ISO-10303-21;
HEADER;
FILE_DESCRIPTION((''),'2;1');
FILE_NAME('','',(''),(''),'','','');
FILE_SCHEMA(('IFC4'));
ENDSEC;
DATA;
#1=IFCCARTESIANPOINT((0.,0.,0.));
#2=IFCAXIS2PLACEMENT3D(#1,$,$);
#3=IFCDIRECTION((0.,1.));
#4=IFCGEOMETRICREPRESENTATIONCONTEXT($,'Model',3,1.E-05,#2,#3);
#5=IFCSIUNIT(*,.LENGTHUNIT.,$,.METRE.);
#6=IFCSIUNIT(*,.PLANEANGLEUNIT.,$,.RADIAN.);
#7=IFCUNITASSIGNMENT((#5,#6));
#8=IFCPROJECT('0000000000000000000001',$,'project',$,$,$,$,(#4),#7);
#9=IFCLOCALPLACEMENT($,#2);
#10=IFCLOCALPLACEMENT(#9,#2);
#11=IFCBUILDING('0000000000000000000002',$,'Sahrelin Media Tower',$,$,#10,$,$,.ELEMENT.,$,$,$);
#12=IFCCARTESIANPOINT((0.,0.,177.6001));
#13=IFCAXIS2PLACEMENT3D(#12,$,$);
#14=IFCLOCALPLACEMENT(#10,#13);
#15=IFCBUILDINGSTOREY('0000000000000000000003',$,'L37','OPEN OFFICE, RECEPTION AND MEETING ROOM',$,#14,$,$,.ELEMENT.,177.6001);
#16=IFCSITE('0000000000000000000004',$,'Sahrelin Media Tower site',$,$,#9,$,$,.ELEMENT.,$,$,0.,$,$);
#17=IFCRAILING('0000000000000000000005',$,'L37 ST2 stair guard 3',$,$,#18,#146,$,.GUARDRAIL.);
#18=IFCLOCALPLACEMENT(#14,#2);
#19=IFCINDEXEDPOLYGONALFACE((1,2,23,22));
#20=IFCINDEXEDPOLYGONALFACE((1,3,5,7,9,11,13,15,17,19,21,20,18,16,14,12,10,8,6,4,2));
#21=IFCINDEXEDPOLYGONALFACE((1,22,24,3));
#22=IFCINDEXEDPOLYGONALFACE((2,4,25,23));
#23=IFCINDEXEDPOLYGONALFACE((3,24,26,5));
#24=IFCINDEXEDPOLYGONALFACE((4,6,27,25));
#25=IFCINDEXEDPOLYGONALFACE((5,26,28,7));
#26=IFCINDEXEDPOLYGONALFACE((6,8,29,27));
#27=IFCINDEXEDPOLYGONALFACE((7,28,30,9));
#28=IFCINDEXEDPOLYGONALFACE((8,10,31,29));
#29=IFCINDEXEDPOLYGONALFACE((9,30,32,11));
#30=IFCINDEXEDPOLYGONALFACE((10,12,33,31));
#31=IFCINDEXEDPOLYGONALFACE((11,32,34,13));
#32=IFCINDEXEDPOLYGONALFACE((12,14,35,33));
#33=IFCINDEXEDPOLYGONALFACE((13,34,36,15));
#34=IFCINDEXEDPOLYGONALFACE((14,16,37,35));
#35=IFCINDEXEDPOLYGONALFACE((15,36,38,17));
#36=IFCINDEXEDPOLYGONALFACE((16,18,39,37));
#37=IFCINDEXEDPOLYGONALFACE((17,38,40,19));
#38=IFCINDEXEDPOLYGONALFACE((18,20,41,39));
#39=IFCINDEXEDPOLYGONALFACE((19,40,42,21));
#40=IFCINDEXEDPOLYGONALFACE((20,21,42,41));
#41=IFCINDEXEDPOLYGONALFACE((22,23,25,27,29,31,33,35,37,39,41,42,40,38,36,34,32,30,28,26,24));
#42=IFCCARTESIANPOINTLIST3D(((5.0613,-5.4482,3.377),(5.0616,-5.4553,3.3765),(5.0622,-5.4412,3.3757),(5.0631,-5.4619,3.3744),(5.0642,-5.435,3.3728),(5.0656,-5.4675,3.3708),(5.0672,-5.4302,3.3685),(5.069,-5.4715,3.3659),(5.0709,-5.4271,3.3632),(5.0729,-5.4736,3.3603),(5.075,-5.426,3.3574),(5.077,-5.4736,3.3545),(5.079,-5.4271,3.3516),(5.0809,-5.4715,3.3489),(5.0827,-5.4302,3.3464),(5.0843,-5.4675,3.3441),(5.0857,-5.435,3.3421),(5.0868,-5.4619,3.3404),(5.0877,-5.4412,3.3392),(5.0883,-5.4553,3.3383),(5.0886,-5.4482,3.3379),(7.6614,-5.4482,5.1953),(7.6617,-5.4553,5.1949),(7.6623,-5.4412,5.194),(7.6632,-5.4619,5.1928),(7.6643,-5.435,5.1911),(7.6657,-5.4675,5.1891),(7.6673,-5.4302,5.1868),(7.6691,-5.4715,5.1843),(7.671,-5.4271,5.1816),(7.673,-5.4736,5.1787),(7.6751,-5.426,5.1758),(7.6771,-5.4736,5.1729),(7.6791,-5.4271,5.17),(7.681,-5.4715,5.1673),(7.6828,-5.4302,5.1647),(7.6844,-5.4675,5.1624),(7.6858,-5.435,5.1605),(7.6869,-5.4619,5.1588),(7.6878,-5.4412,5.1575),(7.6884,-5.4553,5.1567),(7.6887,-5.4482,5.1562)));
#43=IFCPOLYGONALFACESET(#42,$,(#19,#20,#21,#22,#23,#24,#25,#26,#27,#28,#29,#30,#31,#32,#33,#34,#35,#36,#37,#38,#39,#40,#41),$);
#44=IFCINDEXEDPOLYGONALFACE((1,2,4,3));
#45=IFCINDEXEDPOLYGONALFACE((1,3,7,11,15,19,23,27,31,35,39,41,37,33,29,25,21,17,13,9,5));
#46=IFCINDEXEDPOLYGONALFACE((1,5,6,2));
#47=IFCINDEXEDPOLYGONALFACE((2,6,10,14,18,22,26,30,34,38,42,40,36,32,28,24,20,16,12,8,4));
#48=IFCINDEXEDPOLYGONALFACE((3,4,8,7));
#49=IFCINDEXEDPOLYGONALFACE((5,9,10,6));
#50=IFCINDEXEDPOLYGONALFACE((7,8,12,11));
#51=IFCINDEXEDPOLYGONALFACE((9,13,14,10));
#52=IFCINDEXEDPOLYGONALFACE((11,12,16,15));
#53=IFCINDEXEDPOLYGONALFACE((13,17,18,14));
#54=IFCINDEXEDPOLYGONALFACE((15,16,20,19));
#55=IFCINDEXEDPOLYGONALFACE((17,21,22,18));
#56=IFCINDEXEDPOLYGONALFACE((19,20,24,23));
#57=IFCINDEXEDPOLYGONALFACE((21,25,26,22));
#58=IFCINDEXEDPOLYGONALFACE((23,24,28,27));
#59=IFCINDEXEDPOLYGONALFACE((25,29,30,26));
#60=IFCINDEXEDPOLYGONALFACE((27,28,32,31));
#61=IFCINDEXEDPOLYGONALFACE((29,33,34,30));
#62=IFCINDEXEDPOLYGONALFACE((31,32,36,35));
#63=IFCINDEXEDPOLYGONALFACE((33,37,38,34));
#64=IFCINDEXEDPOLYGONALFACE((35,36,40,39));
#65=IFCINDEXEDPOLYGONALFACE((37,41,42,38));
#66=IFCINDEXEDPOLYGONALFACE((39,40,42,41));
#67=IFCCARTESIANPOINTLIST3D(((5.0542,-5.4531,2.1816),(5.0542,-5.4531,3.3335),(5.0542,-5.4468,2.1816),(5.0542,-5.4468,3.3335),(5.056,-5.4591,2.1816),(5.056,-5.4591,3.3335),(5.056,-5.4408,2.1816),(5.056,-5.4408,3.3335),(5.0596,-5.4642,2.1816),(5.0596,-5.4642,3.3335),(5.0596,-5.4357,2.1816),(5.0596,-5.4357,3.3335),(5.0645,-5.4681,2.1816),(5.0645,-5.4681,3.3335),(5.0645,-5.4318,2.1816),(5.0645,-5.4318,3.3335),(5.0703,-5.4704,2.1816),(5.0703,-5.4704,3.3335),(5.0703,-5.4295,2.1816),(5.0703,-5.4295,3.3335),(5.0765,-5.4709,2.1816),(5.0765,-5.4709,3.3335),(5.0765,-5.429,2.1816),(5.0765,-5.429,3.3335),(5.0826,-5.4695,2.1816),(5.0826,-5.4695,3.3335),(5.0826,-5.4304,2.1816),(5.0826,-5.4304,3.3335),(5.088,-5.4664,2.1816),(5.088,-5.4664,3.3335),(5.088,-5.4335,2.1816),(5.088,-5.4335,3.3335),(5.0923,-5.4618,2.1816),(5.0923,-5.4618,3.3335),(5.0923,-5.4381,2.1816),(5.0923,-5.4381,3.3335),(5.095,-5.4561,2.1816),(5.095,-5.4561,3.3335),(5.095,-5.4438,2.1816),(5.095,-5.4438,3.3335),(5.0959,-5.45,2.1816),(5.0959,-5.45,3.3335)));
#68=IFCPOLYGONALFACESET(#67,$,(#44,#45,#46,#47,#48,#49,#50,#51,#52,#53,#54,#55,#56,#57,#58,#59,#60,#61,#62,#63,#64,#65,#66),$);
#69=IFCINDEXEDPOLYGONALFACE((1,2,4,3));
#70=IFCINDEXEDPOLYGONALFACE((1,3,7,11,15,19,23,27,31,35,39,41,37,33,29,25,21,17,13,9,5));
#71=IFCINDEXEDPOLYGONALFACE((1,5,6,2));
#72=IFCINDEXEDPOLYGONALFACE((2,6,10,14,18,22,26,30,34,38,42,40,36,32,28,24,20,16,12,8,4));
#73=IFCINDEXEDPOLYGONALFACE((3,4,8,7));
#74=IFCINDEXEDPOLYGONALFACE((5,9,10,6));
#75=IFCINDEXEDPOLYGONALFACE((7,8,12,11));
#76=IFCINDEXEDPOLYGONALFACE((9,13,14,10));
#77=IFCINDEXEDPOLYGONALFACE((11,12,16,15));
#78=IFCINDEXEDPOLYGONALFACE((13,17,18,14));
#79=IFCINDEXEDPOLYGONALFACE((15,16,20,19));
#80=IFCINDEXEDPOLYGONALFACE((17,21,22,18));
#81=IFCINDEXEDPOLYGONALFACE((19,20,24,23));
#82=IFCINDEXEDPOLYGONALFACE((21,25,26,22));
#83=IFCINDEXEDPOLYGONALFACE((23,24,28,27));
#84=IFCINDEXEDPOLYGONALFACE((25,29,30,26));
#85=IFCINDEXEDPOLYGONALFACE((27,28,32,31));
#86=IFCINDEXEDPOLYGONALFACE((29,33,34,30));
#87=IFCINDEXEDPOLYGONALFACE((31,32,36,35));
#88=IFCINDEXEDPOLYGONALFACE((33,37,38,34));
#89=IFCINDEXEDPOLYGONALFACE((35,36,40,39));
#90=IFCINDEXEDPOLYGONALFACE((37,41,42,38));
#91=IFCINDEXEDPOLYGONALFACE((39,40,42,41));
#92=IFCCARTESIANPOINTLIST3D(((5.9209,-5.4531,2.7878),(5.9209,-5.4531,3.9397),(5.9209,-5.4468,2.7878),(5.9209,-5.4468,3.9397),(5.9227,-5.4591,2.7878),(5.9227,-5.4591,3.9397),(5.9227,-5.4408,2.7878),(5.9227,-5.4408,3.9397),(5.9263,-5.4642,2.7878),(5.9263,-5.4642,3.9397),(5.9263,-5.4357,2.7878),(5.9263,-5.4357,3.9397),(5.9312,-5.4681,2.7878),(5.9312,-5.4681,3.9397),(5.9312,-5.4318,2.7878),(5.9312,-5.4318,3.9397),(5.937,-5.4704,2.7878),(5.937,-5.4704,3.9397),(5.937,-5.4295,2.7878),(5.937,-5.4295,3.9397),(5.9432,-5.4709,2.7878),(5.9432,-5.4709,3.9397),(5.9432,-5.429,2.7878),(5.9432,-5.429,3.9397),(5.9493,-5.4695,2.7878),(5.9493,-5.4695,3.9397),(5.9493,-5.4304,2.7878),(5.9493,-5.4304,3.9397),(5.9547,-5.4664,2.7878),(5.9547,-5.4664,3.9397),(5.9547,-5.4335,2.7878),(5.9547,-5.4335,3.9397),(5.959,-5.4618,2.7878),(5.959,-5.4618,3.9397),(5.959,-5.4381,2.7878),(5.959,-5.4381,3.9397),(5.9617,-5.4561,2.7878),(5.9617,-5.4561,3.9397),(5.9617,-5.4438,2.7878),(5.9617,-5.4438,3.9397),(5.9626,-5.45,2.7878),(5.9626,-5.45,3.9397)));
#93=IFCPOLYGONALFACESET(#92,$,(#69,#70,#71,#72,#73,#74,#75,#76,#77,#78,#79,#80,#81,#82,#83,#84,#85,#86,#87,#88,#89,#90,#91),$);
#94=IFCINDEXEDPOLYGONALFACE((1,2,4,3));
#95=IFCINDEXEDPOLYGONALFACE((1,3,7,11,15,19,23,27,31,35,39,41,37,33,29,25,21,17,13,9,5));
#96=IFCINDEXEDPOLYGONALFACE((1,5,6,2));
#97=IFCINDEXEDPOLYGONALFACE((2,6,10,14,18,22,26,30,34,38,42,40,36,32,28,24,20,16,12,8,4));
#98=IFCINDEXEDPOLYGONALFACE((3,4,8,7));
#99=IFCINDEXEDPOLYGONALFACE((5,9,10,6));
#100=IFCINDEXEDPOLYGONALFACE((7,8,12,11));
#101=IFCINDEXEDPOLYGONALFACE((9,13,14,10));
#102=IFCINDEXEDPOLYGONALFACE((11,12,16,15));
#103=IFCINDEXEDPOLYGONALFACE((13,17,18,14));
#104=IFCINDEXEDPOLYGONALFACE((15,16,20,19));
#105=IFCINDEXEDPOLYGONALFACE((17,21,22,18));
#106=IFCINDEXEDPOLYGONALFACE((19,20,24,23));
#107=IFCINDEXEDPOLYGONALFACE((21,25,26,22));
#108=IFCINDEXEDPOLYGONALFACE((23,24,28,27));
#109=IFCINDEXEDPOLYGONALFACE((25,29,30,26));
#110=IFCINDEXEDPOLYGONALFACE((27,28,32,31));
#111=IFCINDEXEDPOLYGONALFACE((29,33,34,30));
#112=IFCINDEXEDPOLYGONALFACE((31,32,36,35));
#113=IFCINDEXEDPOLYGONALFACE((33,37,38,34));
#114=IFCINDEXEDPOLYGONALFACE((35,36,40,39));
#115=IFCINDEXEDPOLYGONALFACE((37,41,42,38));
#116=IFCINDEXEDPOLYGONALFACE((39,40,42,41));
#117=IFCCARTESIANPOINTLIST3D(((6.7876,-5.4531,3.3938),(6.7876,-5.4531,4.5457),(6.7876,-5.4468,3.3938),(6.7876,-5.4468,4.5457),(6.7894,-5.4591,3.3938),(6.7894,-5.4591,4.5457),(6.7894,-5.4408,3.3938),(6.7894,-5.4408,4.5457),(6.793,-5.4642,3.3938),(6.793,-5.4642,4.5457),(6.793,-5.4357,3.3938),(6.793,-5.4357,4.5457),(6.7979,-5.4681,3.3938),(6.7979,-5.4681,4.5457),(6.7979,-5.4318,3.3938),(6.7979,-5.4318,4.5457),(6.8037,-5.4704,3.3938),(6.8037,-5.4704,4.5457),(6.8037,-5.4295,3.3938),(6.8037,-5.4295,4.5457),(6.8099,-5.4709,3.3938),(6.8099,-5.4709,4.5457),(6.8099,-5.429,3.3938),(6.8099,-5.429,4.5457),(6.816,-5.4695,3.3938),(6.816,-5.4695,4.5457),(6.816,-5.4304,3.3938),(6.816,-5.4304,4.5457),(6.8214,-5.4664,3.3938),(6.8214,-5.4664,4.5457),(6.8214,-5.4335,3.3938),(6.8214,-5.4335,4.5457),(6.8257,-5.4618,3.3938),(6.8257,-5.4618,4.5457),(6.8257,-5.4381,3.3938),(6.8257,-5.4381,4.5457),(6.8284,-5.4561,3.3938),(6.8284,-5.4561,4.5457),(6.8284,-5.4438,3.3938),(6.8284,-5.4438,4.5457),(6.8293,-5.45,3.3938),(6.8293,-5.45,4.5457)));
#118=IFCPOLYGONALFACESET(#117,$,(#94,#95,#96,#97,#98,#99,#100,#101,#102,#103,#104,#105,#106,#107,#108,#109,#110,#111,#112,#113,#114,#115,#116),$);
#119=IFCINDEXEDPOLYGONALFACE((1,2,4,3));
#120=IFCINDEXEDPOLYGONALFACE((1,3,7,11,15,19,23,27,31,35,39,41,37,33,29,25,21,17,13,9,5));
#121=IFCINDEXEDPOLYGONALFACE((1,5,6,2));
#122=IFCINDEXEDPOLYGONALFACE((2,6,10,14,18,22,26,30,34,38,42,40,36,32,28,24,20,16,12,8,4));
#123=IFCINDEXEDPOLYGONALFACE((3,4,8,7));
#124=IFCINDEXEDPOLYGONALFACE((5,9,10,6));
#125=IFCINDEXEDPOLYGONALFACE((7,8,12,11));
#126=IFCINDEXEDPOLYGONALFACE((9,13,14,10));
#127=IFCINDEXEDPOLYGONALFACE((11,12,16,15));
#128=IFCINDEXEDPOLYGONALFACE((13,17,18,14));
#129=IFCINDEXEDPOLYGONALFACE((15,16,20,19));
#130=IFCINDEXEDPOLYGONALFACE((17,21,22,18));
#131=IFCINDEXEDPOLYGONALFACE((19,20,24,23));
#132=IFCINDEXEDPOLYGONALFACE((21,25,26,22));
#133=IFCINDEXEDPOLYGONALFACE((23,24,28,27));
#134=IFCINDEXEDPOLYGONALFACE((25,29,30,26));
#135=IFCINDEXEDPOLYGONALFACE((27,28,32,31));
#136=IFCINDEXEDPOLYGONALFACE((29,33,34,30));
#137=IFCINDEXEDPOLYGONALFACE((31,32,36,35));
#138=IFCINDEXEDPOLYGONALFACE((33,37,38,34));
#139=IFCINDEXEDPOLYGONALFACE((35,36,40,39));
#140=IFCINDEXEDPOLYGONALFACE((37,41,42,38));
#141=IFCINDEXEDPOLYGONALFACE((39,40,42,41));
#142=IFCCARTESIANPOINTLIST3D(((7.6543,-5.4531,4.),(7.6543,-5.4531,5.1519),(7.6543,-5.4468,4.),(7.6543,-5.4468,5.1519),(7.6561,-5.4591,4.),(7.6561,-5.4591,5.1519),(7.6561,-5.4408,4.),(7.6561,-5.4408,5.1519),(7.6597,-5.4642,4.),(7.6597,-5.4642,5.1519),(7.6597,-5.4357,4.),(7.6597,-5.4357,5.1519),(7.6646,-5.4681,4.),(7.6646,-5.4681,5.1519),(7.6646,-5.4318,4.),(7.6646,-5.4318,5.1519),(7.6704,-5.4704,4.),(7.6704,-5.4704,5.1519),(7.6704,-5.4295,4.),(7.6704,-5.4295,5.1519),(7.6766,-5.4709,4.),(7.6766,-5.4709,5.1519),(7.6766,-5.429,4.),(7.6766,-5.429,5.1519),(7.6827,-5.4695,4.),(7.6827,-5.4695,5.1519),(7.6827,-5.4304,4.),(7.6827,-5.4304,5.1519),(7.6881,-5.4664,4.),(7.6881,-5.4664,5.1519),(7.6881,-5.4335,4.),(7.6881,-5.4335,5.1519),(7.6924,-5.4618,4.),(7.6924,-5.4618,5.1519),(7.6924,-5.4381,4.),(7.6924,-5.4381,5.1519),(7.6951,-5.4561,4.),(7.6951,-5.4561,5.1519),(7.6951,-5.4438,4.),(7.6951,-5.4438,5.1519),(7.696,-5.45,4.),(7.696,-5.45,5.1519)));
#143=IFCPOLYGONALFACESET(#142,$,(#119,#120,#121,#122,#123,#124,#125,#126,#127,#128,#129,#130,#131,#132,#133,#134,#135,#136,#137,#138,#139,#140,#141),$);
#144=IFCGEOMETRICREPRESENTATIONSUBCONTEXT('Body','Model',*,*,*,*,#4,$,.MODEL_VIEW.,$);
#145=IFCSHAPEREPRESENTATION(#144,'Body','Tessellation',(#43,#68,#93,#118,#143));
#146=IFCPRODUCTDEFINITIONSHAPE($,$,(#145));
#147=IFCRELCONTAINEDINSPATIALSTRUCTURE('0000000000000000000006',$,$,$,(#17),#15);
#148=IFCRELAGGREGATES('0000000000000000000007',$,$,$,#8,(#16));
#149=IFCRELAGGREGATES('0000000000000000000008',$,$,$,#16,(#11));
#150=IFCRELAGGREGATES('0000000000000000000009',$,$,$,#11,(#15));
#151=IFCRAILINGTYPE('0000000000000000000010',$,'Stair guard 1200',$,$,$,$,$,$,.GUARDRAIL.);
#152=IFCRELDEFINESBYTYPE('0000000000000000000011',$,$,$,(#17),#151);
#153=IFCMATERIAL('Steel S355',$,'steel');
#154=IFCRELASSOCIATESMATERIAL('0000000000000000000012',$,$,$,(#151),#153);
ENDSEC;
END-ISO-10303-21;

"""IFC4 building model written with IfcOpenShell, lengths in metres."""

from ifc_helpers import new_model, si_unit, direction, frame, origin, origin_2d, place, context, subcontext, project, spatial, circle, extrude, material, type_object, element, save


model = new_model("IFC4")

# Units and contexts
model_context = context("Model", 3, precision=1e-05, world=origin(), true_north=direction((0.0, 1.0)))
body_context = subcontext(model_context, "Body", "Model", "MODEL_VIEW")
ifc_project = project(units=[si_unit("LENGTHUNIT", "METRE"), si_unit("PLANEANGLEUNIT", "RADIAN")], contexts=[model_context])

# Site, building, storey
site_placement = place(None, origin())
site = spatial("IfcSite", under=ifc_project, at=site_placement, Name="Sahrelin Media Tower site", CompositionType="ELEMENT", RefElevation=0.0)
building_placement = place(site_placement, origin())
building = spatial("IfcBuilding", under=site, at=building_placement, Name="Sahrelin Media Tower", CompositionType="ELEMENT")
storey_placement = place(building_placement, frame((0.0, 0.0, 177.6001)))
storey = spatial("IfcBuildingStorey", under=building, at=storey_placement, Name="L37", Description="OPEN OFFICE, RECEPTION AND MEETING ROOM", CompositionType="ELEMENT", Elevation=177.6001)

# Shared definitions
ifc_material_1 = material(Name="Steel S355", Category="steel")

# Railing
railing_type_1 = type_object("IfcRailingType", Name="Stair guard 1200", PredefinedType="GUARDRAIL", material=ifc_material_1)
railing_1_placement = place(storey_placement, frame((5.075, -5.45, 2.1816)))
element("IfcRailing", 1, at=railing_1_placement, inside=storey, type_object=railing_type_1, Name="L37 ST2 stair guard 3", PredefinedType="GUARDRAIL", context=body_context, shape_type="SweptSolid", body=[
    extrude(circle(Radius=0.0239, at=origin_2d()), frame((0.0, 0.0, 1.1758), z_axis=(0.819485, 0.0, 0.573101), x_axis=(0.0, 1.0, 0.0)), (0.0, 0.0, 1.0), 3.1729),
    extrude(circle(Radius=0.021, at=origin_2d()), origin(), (0.0, 0.0, 1.0), 1.1519),
    extrude(circle(Radius=0.021, at=origin_2d()), frame((0.8667, 0.0, 0.6062)), (0.0, 0.0, 1.0), 1.1519),
    extrude(circle(Radius=0.021, at=origin_2d()), frame((1.7334, 0.0, 1.2122)), (0.0, 0.0, 1.0), 1.1519),
    extrude(circle(Radius=0.021, at=origin_2d()), frame((2.6001, 0.0, 1.8184)), (0.0, 0.0, 1.0), 1.1519),
])

save(model, "model.ifc")
